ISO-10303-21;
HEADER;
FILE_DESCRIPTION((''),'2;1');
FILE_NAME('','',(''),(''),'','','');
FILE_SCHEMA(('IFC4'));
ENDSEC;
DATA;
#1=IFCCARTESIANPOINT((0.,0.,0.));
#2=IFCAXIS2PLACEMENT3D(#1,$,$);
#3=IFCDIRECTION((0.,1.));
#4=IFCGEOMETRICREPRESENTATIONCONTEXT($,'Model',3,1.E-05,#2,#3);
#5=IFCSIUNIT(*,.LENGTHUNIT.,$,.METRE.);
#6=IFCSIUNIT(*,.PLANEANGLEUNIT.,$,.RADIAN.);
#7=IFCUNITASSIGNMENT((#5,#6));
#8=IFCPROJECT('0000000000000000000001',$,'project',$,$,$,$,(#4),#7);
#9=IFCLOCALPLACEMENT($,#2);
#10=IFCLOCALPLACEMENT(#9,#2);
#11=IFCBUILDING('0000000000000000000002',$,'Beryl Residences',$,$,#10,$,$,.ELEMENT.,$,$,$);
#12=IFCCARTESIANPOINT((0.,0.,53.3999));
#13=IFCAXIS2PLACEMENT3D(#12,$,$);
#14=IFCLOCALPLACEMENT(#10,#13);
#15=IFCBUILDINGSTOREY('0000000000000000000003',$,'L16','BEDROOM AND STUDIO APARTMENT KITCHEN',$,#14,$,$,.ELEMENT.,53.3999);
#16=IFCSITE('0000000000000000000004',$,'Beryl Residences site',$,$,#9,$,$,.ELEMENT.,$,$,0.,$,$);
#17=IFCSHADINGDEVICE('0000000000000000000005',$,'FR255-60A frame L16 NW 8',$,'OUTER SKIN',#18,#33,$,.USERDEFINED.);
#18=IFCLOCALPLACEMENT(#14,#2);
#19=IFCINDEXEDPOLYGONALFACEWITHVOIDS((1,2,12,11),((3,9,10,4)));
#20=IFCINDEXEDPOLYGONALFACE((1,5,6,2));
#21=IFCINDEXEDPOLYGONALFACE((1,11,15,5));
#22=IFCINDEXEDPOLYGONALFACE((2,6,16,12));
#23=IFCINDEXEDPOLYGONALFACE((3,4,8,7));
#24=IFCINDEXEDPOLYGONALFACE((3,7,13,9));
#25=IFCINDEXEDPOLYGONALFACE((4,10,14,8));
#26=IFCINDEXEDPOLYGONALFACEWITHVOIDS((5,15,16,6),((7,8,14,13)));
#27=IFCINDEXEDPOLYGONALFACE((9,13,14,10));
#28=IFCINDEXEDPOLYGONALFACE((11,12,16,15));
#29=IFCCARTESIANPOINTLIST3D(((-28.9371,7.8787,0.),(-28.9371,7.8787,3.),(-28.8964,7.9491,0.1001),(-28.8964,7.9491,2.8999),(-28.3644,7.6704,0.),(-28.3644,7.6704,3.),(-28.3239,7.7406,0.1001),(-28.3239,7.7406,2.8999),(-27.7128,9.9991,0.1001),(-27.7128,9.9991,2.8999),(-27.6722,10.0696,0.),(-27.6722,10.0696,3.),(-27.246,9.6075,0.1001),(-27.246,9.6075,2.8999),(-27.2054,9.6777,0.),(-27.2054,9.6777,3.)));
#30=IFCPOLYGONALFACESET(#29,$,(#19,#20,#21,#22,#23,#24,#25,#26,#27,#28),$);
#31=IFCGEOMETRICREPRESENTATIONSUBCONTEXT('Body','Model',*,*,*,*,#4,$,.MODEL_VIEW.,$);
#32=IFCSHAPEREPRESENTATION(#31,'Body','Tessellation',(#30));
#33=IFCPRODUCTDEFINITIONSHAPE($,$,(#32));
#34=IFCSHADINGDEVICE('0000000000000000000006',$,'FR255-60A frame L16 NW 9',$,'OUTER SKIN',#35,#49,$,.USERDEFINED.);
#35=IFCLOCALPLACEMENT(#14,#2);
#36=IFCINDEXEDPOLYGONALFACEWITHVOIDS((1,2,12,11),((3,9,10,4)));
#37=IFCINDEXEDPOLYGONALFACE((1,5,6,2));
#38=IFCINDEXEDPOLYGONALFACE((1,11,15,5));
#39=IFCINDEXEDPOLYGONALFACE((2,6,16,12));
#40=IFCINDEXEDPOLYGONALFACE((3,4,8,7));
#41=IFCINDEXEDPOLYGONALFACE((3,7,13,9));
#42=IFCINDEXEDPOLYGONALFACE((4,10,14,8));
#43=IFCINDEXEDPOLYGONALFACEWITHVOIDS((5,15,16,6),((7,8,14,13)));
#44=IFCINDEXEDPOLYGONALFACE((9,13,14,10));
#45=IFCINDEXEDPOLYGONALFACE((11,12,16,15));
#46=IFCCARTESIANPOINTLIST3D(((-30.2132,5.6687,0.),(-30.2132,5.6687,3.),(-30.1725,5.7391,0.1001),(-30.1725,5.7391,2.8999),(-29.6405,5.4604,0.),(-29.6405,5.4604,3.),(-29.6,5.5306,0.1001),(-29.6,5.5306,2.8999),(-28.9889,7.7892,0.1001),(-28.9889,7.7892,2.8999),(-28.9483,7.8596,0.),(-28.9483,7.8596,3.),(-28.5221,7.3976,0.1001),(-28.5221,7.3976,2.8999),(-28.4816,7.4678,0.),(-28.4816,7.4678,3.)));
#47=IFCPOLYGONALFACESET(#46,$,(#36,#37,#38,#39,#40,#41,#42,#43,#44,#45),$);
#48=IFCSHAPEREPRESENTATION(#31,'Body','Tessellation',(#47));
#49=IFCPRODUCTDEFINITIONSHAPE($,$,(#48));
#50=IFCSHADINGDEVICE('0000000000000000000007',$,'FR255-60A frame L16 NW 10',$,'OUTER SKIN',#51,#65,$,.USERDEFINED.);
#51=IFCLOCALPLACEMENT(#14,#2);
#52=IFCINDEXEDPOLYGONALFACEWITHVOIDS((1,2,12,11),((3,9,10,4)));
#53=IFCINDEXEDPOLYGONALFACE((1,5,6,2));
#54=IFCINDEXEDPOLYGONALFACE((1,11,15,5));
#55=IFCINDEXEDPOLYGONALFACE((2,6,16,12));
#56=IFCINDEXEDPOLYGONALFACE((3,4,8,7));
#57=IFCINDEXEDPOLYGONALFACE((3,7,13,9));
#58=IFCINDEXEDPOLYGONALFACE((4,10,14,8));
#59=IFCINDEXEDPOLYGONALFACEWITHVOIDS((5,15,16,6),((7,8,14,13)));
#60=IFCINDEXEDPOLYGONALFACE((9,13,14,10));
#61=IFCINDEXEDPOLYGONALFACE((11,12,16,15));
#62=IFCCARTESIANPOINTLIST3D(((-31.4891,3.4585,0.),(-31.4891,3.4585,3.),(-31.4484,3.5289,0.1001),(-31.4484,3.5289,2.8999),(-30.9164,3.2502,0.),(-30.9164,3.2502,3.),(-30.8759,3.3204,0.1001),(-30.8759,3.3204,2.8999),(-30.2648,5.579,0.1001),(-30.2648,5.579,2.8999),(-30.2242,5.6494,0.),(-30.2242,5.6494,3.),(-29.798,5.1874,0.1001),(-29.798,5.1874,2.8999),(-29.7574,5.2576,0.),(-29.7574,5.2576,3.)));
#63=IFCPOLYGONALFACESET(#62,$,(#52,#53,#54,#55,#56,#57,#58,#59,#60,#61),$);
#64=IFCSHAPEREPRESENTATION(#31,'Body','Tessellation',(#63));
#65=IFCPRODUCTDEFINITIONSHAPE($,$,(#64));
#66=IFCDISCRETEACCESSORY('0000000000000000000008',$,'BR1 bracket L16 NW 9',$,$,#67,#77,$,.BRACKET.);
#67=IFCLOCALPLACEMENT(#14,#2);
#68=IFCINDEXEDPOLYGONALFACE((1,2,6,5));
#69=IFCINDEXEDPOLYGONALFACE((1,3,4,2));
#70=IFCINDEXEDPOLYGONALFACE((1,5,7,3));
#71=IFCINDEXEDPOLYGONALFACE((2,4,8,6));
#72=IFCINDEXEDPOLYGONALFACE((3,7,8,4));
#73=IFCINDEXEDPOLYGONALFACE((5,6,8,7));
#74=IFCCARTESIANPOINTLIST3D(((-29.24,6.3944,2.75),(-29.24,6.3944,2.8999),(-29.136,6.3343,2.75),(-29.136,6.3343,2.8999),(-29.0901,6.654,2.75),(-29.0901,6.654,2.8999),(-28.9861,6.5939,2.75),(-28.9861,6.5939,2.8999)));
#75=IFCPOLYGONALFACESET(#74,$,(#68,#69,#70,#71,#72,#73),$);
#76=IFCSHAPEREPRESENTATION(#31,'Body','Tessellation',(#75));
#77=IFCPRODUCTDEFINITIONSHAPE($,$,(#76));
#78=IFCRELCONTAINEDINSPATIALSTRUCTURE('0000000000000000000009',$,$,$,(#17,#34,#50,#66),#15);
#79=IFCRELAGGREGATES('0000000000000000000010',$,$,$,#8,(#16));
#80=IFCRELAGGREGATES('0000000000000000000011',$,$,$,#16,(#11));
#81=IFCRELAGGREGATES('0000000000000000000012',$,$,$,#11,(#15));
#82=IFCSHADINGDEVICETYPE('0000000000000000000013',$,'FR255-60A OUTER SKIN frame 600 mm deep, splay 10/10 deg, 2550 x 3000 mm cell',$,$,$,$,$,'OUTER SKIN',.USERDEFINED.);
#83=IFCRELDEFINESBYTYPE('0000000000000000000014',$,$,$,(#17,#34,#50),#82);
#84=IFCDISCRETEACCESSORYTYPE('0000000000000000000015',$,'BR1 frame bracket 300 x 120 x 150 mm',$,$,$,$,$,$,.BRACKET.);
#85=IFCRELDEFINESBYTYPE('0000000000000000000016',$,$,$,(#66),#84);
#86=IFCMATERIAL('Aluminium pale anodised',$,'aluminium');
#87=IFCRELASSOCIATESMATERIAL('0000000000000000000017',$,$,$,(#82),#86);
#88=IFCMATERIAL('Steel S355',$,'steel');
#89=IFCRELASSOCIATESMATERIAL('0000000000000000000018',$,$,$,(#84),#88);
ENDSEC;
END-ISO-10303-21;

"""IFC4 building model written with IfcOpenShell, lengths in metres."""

from ifc_helpers import new_model, entity, si_unit, direction, frame, origin, place, context, subcontext, project, spatial, polyline, outline, extrude, source, transform, mapped, material, type_object, type_shapes, element, save


model = new_model("IFC4")

# Units and contexts
model_context = context("Model", 3, precision=1e-05, world=origin(), true_north=direction((0.0, 1.0)))
body_context = subcontext(model_context, "Body", "Model", "MODEL_VIEW")
ifc_project = project(units=[si_unit("LENGTHUNIT", "METRE"), si_unit("PLANEANGLEUNIT", "RADIAN")], contexts=[model_context])

# Site, building, storey
site_placement = place(None, origin())
site = spatial("IfcSite", under=ifc_project, at=site_placement, Name="Beryl Residences site", CompositionType="ELEMENT", RefElevation=0.0)
building_placement = place(site_placement, origin())
building = spatial("IfcBuilding", under=site, at=building_placement, Name="Beryl Residences", CompositionType="ELEMENT")
storey_placement = place(building_placement, frame((0.0, 0.0, 53.3999)))
storey = spatial("IfcBuildingStorey", under=building, at=storey_placement, Name="L16", Description="BEDROOM AND STUDIO APARTMENT KITCHEN", CompositionType="ELEMENT", Elevation=53.3999)

# Shading devices
ifc_material_1 = material(Name="Aluminium pale anodised", Category="aluminium")
shading_device_type = type_object("IfcShadingDeviceType", Name="FR255-60A OUTER SKIN frame 600 mm deep, splay 10/10 deg, 2550 x 3000 mm cell", ElementType="OUTER SKIN", PredefinedType="USERDEFINED", material=ifc_material_1)
cartesian_point_1 = entity("IfcCartesianPoint", [-1.1589, 0.0])
cartesian_point_2 = entity("IfcCartesianPoint", [-1.0779, 0.1001])
cartesian_point_3 = entity("IfcCartesianPoint", [-1.2649, 0.0])
cartesian_point_4 = entity("IfcCartesianPoint", [-1.1836, 0.1001])
shared_shape_1 = source(origin(), body_context, "Body", "SweptSolid", [
    entity("IfcExtrudedAreaSolidTapered", entity("IfcArbitraryProfileDefWithVoids", "AREA", None, entity("IfcPolyline", [cartesian_point_1, entity("IfcCartesianPoint", [1.1589, 0.0]), entity("IfcCartesianPoint", [1.1589, 3.0]), entity("IfcCartesianPoint", [-1.1589, 3.0]), cartesian_point_1]), [entity("IfcPolyline", [cartesian_point_2, entity("IfcCartesianPoint", [1.0779, 0.1001]), entity("IfcCartesianPoint", [1.0779, 2.8999]), entity("IfcCartesianPoint", [-1.0779, 2.8999]), cartesian_point_2])]), entity("IfcAxis2Placement3D", entity("IfcCartesianPoint", [0.0, 0.0, 0.0]), entity("IfcDirection", [0.0, 1.0, 0.0]), entity("IfcDirection", [-1.0, 0.0, 0.0])), entity("IfcDirection", [0.0, 0.0, 1.0]), 0.6001, entity("IfcArbitraryProfileDefWithVoids", "AREA", None, entity("IfcPolyline", [cartesian_point_3, entity("IfcCartesianPoint", [1.2649, 0.0]), entity("IfcCartesianPoint", [1.2649, 3.0]), entity("IfcCartesianPoint", [-1.2649, 3.0]), cartesian_point_3]), [entity("IfcPolyline", [cartesian_point_4, entity("IfcCartesianPoint", [1.1836, 0.1001]), entity("IfcCartesianPoint", [1.1836, 2.8999]), entity("IfcCartesianPoint", [-1.1836, 2.8999]), cartesian_point_4])])),
])
type_shapes(shading_device_type, [shared_shape_1])
for number, where, z_axis, x_axis, name in (
    (1, (-27.7849, 8.6741, 0.0), (0.0, 0.0, 1.0), (0.5, 0.866025, 0.0), "FR255-60A frame L16 NW 8"),
    (2, (-29.061, 6.4641, 0.0), (0.0, 0.0, 1.0), (0.5, 0.866025, 0.0), "FR255-60A frame L16 NW 9"),
    (3, (-30.3369, 4.2539, 0.0), (0.0, 0.0, 1.0), (0.5, 0.866025, 0.0), "FR255-60A frame L16 NW 10"),
):
    element("IfcShadingDevice", number, at=place(storey_placement, frame(where, z_axis=z_axis, x_axis=x_axis)), inside=storey, type_object=shading_device_type, Name=name, ObjectType="OUTER SKIN", PredefinedType="USERDEFINED", context=body_context, shape_type="MappedRepresentation", body=[
        mapped(shared_shape_1, transform((0.0, 0.0, 0.0))),
    ])

# Discrete accessory
ifc_material_2 = material(Name="Steel S355", Category="steel")
discrete_accessory_type = type_object("IfcDiscreteAccessoryType", Name="BR1 frame bracket 300 x 120 x 150 mm", PredefinedType="BRACKET", material=ifc_material_2)
shared_shape_2 = source(origin(), body_context, "Body", "SweptSolid", [
    extrude(outline(polyline([(-0.1499, 0.0), (0.1499, 0.0), (0.1499, 0.1201), (-0.1499, 0.1201), (-0.1499, 0.0)])), origin(), (0.0, 0.0, 1.0), 0.1499),
])
type_shapes(discrete_accessory_type, [shared_shape_2])
discrete_accessory_placement = place(storey_placement, frame((-29.061, 6.4641, 2.75), z_axis=(0.0, 0.0, 1.0), x_axis=(0.5, 0.866025, 0.0)))
element("IfcDiscreteAccessory", 4, at=discrete_accessory_placement, inside=storey, type_object=discrete_accessory_type, Name="BR1 bracket L16 NW 9", PredefinedType="BRACKET", context=body_context, shape_type="MappedRepresentation", body=[
    mapped(shared_shape_2, transform((0.0, 0.0, 0.0))),
])

save(model, "model.ifc")
